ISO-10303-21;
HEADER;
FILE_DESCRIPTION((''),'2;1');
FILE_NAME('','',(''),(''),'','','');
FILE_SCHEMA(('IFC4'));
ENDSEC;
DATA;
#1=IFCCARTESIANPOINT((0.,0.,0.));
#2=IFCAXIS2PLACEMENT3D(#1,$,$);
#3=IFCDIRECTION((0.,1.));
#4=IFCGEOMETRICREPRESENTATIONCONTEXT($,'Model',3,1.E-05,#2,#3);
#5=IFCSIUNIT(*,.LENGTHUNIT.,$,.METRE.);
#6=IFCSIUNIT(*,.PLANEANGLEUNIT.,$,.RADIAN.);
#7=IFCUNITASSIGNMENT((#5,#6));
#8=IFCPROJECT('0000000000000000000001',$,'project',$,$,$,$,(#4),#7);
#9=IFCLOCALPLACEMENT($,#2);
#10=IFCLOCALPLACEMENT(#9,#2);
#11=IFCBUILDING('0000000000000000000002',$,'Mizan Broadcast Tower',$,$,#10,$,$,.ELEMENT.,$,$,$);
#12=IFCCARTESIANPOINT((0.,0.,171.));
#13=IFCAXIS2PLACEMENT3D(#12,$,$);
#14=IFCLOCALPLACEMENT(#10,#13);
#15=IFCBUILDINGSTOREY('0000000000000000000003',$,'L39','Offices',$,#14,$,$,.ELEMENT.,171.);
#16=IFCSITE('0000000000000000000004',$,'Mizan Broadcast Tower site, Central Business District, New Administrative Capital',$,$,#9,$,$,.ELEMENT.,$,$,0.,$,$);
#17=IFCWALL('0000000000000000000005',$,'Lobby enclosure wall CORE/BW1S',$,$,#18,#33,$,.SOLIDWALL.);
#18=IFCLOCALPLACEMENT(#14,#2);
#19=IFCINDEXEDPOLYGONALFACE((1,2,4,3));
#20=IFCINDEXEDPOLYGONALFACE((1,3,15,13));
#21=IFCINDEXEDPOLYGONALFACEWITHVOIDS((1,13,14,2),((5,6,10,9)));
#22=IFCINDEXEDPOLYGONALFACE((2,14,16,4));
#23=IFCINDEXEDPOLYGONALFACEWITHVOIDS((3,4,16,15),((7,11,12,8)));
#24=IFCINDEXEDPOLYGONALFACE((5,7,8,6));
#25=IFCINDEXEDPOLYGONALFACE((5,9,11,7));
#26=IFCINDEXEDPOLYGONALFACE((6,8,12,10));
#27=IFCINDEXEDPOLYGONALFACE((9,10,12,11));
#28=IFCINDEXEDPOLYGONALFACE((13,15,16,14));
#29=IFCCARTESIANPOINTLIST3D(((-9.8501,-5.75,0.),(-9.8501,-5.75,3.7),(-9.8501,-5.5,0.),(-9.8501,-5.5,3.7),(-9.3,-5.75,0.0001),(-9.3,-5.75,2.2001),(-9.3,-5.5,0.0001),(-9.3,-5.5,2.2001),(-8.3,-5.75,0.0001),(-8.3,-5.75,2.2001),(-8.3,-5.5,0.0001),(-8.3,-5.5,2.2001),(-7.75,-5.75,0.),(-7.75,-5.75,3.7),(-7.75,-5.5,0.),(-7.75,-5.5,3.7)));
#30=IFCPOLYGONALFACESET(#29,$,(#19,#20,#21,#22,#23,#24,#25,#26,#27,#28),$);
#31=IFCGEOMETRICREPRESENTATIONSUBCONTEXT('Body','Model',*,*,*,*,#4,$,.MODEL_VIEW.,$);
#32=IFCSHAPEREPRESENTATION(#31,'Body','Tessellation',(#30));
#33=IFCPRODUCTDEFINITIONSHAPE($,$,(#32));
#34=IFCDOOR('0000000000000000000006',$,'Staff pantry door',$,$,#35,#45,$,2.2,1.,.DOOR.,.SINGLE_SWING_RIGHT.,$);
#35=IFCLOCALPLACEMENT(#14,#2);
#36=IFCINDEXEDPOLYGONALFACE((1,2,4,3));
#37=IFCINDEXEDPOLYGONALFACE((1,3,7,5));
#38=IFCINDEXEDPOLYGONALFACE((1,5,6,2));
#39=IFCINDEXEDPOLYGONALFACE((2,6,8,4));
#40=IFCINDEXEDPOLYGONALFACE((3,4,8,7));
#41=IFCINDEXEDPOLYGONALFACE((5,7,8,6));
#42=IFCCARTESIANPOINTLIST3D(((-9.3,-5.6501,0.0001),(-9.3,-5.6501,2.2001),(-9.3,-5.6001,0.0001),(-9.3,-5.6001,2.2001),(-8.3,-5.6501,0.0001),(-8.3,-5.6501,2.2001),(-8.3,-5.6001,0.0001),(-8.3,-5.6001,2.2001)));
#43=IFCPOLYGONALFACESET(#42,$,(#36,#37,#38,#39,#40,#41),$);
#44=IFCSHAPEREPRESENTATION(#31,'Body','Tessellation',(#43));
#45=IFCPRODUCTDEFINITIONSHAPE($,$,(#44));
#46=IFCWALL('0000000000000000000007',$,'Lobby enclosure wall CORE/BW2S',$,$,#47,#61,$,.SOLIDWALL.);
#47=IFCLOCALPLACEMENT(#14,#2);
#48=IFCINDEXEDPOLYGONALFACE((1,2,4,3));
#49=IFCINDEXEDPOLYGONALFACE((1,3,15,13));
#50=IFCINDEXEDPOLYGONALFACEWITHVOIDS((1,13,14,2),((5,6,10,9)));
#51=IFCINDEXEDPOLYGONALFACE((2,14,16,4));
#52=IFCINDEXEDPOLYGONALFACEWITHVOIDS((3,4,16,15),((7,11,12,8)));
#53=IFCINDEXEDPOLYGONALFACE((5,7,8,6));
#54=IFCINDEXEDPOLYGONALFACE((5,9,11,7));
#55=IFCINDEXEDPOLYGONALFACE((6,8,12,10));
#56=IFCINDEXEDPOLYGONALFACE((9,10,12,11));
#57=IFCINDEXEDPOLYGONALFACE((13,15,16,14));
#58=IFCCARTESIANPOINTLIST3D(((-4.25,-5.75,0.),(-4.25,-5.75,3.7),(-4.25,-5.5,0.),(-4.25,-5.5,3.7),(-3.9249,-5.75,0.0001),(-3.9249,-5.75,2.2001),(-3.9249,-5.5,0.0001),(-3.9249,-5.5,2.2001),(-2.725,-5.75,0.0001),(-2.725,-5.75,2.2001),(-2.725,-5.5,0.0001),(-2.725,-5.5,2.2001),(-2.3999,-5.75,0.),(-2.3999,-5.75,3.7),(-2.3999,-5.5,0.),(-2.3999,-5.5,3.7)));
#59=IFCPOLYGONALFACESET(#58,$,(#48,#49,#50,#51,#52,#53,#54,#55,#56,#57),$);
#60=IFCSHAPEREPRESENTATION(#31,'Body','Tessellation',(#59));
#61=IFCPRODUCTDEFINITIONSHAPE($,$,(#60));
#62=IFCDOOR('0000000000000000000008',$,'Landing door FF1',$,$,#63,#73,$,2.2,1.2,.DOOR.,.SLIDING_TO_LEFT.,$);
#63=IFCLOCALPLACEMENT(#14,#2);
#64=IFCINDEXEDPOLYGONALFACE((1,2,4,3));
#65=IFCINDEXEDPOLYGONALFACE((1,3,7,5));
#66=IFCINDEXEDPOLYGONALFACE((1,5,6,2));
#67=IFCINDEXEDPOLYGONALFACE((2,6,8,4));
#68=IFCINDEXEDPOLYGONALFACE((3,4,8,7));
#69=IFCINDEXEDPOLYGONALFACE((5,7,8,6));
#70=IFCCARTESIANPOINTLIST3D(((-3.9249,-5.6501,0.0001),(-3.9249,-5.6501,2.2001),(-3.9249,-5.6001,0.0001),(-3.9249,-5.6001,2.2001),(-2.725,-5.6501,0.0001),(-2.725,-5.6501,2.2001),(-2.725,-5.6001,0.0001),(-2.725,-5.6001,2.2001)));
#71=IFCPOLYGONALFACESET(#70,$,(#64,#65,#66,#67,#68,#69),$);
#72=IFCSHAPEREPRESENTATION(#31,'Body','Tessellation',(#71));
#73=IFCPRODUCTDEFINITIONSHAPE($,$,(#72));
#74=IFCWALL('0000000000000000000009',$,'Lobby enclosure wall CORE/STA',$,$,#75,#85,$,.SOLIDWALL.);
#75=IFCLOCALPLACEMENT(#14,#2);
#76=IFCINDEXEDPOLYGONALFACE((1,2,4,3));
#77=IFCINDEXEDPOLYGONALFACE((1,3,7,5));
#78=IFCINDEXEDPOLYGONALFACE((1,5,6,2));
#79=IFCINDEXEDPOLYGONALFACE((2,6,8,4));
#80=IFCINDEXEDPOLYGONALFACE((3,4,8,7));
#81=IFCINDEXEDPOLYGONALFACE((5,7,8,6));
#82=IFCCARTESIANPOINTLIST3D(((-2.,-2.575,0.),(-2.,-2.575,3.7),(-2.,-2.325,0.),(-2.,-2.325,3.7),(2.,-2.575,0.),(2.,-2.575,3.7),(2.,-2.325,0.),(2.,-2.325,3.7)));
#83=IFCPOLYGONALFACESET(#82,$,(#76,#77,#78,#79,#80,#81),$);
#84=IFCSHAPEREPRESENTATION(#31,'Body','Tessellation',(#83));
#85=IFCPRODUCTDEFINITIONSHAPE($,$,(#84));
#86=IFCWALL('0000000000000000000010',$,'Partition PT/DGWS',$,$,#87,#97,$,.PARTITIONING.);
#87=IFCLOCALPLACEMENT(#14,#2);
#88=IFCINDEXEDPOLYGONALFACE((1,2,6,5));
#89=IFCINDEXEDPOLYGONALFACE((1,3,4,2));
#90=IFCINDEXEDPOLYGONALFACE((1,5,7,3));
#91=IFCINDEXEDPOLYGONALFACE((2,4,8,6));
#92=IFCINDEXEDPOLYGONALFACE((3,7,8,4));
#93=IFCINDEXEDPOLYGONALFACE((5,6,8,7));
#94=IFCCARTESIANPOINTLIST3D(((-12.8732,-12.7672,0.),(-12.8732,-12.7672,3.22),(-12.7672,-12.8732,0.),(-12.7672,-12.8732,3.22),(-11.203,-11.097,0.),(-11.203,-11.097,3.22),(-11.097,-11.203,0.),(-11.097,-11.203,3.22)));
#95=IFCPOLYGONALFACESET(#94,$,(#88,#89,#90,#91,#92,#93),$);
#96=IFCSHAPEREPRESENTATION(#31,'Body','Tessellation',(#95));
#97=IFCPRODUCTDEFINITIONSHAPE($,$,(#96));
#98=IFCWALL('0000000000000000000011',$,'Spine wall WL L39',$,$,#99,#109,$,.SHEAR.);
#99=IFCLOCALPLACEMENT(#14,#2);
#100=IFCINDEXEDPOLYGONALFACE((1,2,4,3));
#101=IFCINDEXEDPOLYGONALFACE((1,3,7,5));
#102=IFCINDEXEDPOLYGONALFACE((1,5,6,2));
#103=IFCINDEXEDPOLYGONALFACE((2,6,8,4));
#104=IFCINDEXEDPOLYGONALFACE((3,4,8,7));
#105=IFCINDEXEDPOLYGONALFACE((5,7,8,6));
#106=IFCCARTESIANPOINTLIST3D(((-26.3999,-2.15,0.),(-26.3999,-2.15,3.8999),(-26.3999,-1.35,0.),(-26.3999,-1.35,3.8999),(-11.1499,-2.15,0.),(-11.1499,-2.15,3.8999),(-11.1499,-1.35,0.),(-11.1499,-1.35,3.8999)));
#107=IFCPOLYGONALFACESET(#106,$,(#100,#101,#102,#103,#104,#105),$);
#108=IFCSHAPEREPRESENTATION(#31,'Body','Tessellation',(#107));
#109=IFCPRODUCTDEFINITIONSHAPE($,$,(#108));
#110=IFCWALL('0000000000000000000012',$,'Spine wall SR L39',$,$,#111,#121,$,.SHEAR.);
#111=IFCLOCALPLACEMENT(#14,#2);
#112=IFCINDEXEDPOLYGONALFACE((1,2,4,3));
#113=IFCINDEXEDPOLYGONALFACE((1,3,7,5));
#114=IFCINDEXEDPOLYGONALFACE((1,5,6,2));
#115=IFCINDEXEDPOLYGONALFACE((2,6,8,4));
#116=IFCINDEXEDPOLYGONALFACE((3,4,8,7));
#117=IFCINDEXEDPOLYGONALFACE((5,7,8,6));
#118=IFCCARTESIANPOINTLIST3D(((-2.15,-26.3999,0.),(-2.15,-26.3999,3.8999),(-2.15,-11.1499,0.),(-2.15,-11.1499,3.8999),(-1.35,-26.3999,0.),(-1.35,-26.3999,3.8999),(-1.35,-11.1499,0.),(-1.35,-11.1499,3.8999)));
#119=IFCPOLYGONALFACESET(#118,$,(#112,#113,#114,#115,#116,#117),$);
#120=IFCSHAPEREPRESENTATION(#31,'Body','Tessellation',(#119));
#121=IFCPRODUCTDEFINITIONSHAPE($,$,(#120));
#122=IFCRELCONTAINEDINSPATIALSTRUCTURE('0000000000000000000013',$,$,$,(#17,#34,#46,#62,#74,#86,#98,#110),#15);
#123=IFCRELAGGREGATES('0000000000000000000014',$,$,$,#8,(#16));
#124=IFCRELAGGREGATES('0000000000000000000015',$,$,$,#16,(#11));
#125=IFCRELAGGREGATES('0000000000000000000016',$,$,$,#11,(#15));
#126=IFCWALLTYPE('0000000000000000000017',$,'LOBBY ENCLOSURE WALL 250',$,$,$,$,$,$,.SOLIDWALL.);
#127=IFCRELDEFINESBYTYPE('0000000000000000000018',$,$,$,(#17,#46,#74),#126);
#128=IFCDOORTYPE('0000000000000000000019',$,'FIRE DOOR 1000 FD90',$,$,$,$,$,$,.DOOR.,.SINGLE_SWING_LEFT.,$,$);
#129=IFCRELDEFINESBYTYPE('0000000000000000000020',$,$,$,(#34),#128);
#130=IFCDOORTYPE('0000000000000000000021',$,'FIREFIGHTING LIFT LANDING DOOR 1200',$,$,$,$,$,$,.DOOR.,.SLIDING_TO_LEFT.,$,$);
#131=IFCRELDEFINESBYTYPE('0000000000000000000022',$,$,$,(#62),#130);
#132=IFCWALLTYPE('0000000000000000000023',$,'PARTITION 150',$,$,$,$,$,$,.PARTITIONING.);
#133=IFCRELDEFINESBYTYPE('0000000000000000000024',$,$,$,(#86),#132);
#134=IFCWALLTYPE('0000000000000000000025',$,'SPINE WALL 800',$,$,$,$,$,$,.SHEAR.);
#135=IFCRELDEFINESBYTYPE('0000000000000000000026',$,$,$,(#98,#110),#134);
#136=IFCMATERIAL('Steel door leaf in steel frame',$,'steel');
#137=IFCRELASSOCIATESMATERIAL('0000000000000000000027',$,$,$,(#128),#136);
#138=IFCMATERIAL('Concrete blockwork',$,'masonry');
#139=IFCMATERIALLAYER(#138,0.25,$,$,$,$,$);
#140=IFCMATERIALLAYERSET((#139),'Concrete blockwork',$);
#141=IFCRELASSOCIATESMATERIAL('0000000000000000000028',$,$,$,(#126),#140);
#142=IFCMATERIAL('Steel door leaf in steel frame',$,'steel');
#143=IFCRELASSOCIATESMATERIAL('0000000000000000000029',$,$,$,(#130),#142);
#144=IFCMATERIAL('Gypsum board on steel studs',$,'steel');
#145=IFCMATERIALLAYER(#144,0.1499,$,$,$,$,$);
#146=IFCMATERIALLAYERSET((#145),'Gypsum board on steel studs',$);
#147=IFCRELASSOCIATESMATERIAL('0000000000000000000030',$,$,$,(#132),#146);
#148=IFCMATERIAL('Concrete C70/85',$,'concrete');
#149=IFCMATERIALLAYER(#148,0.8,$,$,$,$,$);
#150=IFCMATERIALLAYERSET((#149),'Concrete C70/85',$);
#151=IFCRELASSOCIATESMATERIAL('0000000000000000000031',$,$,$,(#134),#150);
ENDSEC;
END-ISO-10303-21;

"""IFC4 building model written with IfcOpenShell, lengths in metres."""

from ifc_helpers import new_model, si_unit, direction, frame, frame_2d, origin, place, context, subcontext, project, spatial, rectangle, extrude, material, layer, layer_set, type_object, element, fill, save


model = new_model("IFC4")

# Units and contexts
model_context = context("Model", 3, precision=1e-05, world=origin(), true_north=direction((0.0, 1.0)))
body_context = subcontext(model_context, "Body", "Model", "MODEL_VIEW")
ifc_project = project(units=[si_unit("LENGTHUNIT", "METRE"), si_unit("PLANEANGLEUNIT", "RADIAN")], contexts=[model_context])

# Site, building, storey
site_placement = place(None, origin())
site = spatial("IfcSite", under=ifc_project, at=site_placement, Name="Mizan Broadcast Tower site, Central Business District, New Administrative Capital", CompositionType="ELEMENT", RefElevation=0.0)
building_placement = place(site_placement, origin())
building = spatial("IfcBuilding", under=site, at=building_placement, Name="Mizan Broadcast Tower", CompositionType="ELEMENT")
storey_placement = place(building_placement, frame((0.0, 0.0, 171.0)))
storey = spatial("IfcBuildingStorey", under=building, at=storey_placement, Name="L39", Description="Offices", CompositionType="ELEMENT", Elevation=171.0)

# Shared definitions
ifc_material_1 = material(Name="Steel door leaf in steel frame", Category="steel")
door_type_1 = type_object("IfcDoorType", Name="FIRE DOOR 1000 FD90", OperationType="SINGLE_SWING_LEFT", PredefinedType="DOOR", material=ifc_material_1)

# Walls, openings, doors
ifc_material_2 = material(Name="Concrete blockwork", Category="masonry")
ifc_layer_1 = layer(ifc_material_2, 0.25)
ifc_layer_set_1 = layer_set([ifc_layer_1], Name="Concrete blockwork")
wall_type_1 = type_object("IfcWallType", Name="LOBBY ENCLOSURE WALL 250", PredefinedType="SOLIDWALL", material=ifc_layer_set_1)
wall_1_placement = place(storey_placement, frame((-9.8501, -5.625, 0.0), z_axis=(0.0, 0.0, 1.0), x_axis=(1.0, 0.0, 0.0)))
wall_1 = element("IfcWall", 1, at=wall_1_placement, inside=storey, type_object=wall_type_1, Name="Lobby enclosure wall CORE/BW1S", PredefinedType="SOLIDWALL", context=body_context, shape_type="SweptSolid", body=[
    extrude(rectangle(XDim=2.1001, YDim=0.25, at=frame_2d((1.05, 0.0))), origin(), (0.0, 0.0, 1.0), 3.7),
])
opening_1_placement = place(wall_1_placement, frame((0.55, 0.0, 0.0)))
opening_1 = element("IfcOpeningElement", 2, at=opening_1_placement, cuts=wall_1, PredefinedType="OPENING", context=body_context, shape_type="SweptSolid", body=[
    extrude(rectangle(XDim=1.0, YDim=2.2, at=frame_2d((0.5, 1.1001))), frame((0.0, 0.135, 0.0), z_axis=(0.0, -1.0, 0.0), x_axis=(1.0, 0.0, 0.0)), (0.0, 0.0, 1.0), 0.27),
])
door_1_placement = place(opening_1_placement, origin())
door_1 = element("IfcDoor", 3, at=door_1_placement, inside=storey, type_object=door_type_1, Name="Staff pantry door", OperationType="SINGLE_SWING_RIGHT", OverallHeight=2.2, OverallWidth=1.0, PredefinedType="DOOR", context=body_context, shape_type="SweptSolid", body=[
    extrude(rectangle(XDim=1.0, YDim=2.2, at=frame_2d((0.5, 1.1001))), frame((0.0, 0.0249, 0.0), z_axis=(0.0, -1.0, 0.0), x_axis=(1.0, 0.0, 0.0)), (0.0, 0.0, 1.0), 0.05),
])
fill(opening_1, door_1)
wall_2_placement = place(storey_placement, frame((-4.25, -5.625, 0.0), z_axis=(0.0, 0.0, 1.0), x_axis=(1.0, 0.0, 0.0)))
wall_2 = element("IfcWall", 4, at=wall_2_placement, inside=storey, type_object=wall_type_1, Name="Lobby enclosure wall CORE/BW2S", PredefinedType="SOLIDWALL", context=body_context, shape_type="SweptSolid", body=[
    extrude(rectangle(XDim=1.8501, YDim=0.25, at=frame_2d((0.925, 0.0))), origin(), (0.0, 0.0, 1.0), 3.7),
])
opening_2_placement = place(wall_2_placement, frame((0.325, 0.0, 0.0)))
opening_2 = element("IfcOpeningElement", 5, at=opening_2_placement, cuts=wall_2, PredefinedType="OPENING", context=body_context, shape_type="SweptSolid", body=[
    extrude(rectangle(XDim=1.2, YDim=2.2, at=frame_2d((0.6001, 1.1001))), frame((0.0, 0.135, 0.0), z_axis=(0.0, -1.0, 0.0), x_axis=(1.0, 0.0, 0.0)), (0.0, 0.0, 1.0), 0.27),
])
ifc_material_3 = material(Name="Steel door leaf in steel frame", Category="steel")
door_type_2 = type_object("IfcDoorType", Name="FIREFIGHTING LIFT LANDING DOOR 1200", OperationType="SLIDING_TO_LEFT", PredefinedType="DOOR", material=ifc_material_3)
door_2_placement = place(opening_2_placement, origin())
door_2 = element("IfcDoor", 6, at=door_2_placement, inside=storey, type_object=door_type_2, Name="Landing door FF1", OperationType="SLIDING_TO_LEFT", OverallHeight=2.2, OverallWidth=1.2, PredefinedType="DOOR", context=body_context, shape_type="SweptSolid", body=[
    extrude(rectangle(XDim=1.2, YDim=2.2, at=frame_2d((0.6001, 1.1001))), frame((0.0, 0.0249, 0.0), z_axis=(0.0, -1.0, 0.0), x_axis=(1.0, 0.0, 0.0)), (0.0, 0.0, 1.0), 0.05),
])
fill(opening_2, door_2)

# Walls
wall_3_placement = place(storey_placement, frame((-2.0, -2.45, 0.0), z_axis=(0.0, 0.0, 1.0), x_axis=(1.0, 0.0, 0.0)))
element("IfcWall", 7, at=wall_3_placement, inside=storey, type_object=wall_type_1, Name="Lobby enclosure wall CORE/STA", PredefinedType="SOLIDWALL", context=body_context, shape_type="SweptSolid", body=[
    extrude(rectangle(XDim=4.0, YDim=0.25, at=frame_2d((2.0, 0.0))), origin(), (0.0, 0.0, 1.0), 3.7),
])
ifc_material_4 = material(Name="Gypsum board on steel studs", Category="steel")
ifc_layer_2 = layer(ifc_material_4, 0.1499)
ifc_layer_set_2 = layer_set([ifc_layer_2], Name="Gypsum board on steel studs")
wall_type_2 = type_object("IfcWallType", Name="PARTITION 150", PredefinedType="PARTITIONING", material=ifc_layer_set_2)
wall_4_placement = place(storey_placement, frame((-11.1499, -11.1499, 0.0), z_axis=(0.0, 0.0, 1.0), x_axis=(-0.707107, -0.707107, 0.0)))
element("IfcWall", 8, at=wall_4_placement, inside=storey, type_object=wall_type_2, Name="Partition PT/DGWS", PredefinedType="PARTITIONING", context=body_context, shape_type="SweptSolid", body=[
    extrude(rectangle(XDim=2.3621, YDim=0.1499, at=frame_2d((1.1812, 0.0))), origin(), (0.0, 0.0, 1.0), 3.22),
])
ifc_material_5 = material(Name="Concrete C70/85", Category="concrete")
ifc_layer_3 = layer(ifc_material_5, 0.8)
ifc_layer_set_3 = layer_set([ifc_layer_3], Name="Concrete C70/85")
wall_type_3 = type_object("IfcWallType", Name="SPINE WALL 800", PredefinedType="SHEAR", material=ifc_layer_set_3)
for number, where, z_axis, x_axis, name in (
    (9, (-11.1499, -1.75, 0.0), (0.0, 0.0, 1.0), (-1.0, 0.0, 0.0), "Spine wall WL L39"),
    (10, (-1.75, -11.1499, 0.0), (0.0, 0.0, 1.0), (0.0, -1.0, 0.0), "Spine wall SR L39"),
):
    element("IfcWall", number, at=place(storey_placement, frame(where, z_axis=z_axis, x_axis=x_axis)), inside=storey, type_object=wall_type_3, Name=name, PredefinedType="SHEAR", context=body_context, shape_type="SweptSolid", body=[
        extrude(rectangle(XDim=15.25, YDim=0.8, at=frame_2d((7.625, 0.0))), origin(), (0.0, 0.0, 1.0), 3.8999),
    ])

save(model, "model.ifc")
